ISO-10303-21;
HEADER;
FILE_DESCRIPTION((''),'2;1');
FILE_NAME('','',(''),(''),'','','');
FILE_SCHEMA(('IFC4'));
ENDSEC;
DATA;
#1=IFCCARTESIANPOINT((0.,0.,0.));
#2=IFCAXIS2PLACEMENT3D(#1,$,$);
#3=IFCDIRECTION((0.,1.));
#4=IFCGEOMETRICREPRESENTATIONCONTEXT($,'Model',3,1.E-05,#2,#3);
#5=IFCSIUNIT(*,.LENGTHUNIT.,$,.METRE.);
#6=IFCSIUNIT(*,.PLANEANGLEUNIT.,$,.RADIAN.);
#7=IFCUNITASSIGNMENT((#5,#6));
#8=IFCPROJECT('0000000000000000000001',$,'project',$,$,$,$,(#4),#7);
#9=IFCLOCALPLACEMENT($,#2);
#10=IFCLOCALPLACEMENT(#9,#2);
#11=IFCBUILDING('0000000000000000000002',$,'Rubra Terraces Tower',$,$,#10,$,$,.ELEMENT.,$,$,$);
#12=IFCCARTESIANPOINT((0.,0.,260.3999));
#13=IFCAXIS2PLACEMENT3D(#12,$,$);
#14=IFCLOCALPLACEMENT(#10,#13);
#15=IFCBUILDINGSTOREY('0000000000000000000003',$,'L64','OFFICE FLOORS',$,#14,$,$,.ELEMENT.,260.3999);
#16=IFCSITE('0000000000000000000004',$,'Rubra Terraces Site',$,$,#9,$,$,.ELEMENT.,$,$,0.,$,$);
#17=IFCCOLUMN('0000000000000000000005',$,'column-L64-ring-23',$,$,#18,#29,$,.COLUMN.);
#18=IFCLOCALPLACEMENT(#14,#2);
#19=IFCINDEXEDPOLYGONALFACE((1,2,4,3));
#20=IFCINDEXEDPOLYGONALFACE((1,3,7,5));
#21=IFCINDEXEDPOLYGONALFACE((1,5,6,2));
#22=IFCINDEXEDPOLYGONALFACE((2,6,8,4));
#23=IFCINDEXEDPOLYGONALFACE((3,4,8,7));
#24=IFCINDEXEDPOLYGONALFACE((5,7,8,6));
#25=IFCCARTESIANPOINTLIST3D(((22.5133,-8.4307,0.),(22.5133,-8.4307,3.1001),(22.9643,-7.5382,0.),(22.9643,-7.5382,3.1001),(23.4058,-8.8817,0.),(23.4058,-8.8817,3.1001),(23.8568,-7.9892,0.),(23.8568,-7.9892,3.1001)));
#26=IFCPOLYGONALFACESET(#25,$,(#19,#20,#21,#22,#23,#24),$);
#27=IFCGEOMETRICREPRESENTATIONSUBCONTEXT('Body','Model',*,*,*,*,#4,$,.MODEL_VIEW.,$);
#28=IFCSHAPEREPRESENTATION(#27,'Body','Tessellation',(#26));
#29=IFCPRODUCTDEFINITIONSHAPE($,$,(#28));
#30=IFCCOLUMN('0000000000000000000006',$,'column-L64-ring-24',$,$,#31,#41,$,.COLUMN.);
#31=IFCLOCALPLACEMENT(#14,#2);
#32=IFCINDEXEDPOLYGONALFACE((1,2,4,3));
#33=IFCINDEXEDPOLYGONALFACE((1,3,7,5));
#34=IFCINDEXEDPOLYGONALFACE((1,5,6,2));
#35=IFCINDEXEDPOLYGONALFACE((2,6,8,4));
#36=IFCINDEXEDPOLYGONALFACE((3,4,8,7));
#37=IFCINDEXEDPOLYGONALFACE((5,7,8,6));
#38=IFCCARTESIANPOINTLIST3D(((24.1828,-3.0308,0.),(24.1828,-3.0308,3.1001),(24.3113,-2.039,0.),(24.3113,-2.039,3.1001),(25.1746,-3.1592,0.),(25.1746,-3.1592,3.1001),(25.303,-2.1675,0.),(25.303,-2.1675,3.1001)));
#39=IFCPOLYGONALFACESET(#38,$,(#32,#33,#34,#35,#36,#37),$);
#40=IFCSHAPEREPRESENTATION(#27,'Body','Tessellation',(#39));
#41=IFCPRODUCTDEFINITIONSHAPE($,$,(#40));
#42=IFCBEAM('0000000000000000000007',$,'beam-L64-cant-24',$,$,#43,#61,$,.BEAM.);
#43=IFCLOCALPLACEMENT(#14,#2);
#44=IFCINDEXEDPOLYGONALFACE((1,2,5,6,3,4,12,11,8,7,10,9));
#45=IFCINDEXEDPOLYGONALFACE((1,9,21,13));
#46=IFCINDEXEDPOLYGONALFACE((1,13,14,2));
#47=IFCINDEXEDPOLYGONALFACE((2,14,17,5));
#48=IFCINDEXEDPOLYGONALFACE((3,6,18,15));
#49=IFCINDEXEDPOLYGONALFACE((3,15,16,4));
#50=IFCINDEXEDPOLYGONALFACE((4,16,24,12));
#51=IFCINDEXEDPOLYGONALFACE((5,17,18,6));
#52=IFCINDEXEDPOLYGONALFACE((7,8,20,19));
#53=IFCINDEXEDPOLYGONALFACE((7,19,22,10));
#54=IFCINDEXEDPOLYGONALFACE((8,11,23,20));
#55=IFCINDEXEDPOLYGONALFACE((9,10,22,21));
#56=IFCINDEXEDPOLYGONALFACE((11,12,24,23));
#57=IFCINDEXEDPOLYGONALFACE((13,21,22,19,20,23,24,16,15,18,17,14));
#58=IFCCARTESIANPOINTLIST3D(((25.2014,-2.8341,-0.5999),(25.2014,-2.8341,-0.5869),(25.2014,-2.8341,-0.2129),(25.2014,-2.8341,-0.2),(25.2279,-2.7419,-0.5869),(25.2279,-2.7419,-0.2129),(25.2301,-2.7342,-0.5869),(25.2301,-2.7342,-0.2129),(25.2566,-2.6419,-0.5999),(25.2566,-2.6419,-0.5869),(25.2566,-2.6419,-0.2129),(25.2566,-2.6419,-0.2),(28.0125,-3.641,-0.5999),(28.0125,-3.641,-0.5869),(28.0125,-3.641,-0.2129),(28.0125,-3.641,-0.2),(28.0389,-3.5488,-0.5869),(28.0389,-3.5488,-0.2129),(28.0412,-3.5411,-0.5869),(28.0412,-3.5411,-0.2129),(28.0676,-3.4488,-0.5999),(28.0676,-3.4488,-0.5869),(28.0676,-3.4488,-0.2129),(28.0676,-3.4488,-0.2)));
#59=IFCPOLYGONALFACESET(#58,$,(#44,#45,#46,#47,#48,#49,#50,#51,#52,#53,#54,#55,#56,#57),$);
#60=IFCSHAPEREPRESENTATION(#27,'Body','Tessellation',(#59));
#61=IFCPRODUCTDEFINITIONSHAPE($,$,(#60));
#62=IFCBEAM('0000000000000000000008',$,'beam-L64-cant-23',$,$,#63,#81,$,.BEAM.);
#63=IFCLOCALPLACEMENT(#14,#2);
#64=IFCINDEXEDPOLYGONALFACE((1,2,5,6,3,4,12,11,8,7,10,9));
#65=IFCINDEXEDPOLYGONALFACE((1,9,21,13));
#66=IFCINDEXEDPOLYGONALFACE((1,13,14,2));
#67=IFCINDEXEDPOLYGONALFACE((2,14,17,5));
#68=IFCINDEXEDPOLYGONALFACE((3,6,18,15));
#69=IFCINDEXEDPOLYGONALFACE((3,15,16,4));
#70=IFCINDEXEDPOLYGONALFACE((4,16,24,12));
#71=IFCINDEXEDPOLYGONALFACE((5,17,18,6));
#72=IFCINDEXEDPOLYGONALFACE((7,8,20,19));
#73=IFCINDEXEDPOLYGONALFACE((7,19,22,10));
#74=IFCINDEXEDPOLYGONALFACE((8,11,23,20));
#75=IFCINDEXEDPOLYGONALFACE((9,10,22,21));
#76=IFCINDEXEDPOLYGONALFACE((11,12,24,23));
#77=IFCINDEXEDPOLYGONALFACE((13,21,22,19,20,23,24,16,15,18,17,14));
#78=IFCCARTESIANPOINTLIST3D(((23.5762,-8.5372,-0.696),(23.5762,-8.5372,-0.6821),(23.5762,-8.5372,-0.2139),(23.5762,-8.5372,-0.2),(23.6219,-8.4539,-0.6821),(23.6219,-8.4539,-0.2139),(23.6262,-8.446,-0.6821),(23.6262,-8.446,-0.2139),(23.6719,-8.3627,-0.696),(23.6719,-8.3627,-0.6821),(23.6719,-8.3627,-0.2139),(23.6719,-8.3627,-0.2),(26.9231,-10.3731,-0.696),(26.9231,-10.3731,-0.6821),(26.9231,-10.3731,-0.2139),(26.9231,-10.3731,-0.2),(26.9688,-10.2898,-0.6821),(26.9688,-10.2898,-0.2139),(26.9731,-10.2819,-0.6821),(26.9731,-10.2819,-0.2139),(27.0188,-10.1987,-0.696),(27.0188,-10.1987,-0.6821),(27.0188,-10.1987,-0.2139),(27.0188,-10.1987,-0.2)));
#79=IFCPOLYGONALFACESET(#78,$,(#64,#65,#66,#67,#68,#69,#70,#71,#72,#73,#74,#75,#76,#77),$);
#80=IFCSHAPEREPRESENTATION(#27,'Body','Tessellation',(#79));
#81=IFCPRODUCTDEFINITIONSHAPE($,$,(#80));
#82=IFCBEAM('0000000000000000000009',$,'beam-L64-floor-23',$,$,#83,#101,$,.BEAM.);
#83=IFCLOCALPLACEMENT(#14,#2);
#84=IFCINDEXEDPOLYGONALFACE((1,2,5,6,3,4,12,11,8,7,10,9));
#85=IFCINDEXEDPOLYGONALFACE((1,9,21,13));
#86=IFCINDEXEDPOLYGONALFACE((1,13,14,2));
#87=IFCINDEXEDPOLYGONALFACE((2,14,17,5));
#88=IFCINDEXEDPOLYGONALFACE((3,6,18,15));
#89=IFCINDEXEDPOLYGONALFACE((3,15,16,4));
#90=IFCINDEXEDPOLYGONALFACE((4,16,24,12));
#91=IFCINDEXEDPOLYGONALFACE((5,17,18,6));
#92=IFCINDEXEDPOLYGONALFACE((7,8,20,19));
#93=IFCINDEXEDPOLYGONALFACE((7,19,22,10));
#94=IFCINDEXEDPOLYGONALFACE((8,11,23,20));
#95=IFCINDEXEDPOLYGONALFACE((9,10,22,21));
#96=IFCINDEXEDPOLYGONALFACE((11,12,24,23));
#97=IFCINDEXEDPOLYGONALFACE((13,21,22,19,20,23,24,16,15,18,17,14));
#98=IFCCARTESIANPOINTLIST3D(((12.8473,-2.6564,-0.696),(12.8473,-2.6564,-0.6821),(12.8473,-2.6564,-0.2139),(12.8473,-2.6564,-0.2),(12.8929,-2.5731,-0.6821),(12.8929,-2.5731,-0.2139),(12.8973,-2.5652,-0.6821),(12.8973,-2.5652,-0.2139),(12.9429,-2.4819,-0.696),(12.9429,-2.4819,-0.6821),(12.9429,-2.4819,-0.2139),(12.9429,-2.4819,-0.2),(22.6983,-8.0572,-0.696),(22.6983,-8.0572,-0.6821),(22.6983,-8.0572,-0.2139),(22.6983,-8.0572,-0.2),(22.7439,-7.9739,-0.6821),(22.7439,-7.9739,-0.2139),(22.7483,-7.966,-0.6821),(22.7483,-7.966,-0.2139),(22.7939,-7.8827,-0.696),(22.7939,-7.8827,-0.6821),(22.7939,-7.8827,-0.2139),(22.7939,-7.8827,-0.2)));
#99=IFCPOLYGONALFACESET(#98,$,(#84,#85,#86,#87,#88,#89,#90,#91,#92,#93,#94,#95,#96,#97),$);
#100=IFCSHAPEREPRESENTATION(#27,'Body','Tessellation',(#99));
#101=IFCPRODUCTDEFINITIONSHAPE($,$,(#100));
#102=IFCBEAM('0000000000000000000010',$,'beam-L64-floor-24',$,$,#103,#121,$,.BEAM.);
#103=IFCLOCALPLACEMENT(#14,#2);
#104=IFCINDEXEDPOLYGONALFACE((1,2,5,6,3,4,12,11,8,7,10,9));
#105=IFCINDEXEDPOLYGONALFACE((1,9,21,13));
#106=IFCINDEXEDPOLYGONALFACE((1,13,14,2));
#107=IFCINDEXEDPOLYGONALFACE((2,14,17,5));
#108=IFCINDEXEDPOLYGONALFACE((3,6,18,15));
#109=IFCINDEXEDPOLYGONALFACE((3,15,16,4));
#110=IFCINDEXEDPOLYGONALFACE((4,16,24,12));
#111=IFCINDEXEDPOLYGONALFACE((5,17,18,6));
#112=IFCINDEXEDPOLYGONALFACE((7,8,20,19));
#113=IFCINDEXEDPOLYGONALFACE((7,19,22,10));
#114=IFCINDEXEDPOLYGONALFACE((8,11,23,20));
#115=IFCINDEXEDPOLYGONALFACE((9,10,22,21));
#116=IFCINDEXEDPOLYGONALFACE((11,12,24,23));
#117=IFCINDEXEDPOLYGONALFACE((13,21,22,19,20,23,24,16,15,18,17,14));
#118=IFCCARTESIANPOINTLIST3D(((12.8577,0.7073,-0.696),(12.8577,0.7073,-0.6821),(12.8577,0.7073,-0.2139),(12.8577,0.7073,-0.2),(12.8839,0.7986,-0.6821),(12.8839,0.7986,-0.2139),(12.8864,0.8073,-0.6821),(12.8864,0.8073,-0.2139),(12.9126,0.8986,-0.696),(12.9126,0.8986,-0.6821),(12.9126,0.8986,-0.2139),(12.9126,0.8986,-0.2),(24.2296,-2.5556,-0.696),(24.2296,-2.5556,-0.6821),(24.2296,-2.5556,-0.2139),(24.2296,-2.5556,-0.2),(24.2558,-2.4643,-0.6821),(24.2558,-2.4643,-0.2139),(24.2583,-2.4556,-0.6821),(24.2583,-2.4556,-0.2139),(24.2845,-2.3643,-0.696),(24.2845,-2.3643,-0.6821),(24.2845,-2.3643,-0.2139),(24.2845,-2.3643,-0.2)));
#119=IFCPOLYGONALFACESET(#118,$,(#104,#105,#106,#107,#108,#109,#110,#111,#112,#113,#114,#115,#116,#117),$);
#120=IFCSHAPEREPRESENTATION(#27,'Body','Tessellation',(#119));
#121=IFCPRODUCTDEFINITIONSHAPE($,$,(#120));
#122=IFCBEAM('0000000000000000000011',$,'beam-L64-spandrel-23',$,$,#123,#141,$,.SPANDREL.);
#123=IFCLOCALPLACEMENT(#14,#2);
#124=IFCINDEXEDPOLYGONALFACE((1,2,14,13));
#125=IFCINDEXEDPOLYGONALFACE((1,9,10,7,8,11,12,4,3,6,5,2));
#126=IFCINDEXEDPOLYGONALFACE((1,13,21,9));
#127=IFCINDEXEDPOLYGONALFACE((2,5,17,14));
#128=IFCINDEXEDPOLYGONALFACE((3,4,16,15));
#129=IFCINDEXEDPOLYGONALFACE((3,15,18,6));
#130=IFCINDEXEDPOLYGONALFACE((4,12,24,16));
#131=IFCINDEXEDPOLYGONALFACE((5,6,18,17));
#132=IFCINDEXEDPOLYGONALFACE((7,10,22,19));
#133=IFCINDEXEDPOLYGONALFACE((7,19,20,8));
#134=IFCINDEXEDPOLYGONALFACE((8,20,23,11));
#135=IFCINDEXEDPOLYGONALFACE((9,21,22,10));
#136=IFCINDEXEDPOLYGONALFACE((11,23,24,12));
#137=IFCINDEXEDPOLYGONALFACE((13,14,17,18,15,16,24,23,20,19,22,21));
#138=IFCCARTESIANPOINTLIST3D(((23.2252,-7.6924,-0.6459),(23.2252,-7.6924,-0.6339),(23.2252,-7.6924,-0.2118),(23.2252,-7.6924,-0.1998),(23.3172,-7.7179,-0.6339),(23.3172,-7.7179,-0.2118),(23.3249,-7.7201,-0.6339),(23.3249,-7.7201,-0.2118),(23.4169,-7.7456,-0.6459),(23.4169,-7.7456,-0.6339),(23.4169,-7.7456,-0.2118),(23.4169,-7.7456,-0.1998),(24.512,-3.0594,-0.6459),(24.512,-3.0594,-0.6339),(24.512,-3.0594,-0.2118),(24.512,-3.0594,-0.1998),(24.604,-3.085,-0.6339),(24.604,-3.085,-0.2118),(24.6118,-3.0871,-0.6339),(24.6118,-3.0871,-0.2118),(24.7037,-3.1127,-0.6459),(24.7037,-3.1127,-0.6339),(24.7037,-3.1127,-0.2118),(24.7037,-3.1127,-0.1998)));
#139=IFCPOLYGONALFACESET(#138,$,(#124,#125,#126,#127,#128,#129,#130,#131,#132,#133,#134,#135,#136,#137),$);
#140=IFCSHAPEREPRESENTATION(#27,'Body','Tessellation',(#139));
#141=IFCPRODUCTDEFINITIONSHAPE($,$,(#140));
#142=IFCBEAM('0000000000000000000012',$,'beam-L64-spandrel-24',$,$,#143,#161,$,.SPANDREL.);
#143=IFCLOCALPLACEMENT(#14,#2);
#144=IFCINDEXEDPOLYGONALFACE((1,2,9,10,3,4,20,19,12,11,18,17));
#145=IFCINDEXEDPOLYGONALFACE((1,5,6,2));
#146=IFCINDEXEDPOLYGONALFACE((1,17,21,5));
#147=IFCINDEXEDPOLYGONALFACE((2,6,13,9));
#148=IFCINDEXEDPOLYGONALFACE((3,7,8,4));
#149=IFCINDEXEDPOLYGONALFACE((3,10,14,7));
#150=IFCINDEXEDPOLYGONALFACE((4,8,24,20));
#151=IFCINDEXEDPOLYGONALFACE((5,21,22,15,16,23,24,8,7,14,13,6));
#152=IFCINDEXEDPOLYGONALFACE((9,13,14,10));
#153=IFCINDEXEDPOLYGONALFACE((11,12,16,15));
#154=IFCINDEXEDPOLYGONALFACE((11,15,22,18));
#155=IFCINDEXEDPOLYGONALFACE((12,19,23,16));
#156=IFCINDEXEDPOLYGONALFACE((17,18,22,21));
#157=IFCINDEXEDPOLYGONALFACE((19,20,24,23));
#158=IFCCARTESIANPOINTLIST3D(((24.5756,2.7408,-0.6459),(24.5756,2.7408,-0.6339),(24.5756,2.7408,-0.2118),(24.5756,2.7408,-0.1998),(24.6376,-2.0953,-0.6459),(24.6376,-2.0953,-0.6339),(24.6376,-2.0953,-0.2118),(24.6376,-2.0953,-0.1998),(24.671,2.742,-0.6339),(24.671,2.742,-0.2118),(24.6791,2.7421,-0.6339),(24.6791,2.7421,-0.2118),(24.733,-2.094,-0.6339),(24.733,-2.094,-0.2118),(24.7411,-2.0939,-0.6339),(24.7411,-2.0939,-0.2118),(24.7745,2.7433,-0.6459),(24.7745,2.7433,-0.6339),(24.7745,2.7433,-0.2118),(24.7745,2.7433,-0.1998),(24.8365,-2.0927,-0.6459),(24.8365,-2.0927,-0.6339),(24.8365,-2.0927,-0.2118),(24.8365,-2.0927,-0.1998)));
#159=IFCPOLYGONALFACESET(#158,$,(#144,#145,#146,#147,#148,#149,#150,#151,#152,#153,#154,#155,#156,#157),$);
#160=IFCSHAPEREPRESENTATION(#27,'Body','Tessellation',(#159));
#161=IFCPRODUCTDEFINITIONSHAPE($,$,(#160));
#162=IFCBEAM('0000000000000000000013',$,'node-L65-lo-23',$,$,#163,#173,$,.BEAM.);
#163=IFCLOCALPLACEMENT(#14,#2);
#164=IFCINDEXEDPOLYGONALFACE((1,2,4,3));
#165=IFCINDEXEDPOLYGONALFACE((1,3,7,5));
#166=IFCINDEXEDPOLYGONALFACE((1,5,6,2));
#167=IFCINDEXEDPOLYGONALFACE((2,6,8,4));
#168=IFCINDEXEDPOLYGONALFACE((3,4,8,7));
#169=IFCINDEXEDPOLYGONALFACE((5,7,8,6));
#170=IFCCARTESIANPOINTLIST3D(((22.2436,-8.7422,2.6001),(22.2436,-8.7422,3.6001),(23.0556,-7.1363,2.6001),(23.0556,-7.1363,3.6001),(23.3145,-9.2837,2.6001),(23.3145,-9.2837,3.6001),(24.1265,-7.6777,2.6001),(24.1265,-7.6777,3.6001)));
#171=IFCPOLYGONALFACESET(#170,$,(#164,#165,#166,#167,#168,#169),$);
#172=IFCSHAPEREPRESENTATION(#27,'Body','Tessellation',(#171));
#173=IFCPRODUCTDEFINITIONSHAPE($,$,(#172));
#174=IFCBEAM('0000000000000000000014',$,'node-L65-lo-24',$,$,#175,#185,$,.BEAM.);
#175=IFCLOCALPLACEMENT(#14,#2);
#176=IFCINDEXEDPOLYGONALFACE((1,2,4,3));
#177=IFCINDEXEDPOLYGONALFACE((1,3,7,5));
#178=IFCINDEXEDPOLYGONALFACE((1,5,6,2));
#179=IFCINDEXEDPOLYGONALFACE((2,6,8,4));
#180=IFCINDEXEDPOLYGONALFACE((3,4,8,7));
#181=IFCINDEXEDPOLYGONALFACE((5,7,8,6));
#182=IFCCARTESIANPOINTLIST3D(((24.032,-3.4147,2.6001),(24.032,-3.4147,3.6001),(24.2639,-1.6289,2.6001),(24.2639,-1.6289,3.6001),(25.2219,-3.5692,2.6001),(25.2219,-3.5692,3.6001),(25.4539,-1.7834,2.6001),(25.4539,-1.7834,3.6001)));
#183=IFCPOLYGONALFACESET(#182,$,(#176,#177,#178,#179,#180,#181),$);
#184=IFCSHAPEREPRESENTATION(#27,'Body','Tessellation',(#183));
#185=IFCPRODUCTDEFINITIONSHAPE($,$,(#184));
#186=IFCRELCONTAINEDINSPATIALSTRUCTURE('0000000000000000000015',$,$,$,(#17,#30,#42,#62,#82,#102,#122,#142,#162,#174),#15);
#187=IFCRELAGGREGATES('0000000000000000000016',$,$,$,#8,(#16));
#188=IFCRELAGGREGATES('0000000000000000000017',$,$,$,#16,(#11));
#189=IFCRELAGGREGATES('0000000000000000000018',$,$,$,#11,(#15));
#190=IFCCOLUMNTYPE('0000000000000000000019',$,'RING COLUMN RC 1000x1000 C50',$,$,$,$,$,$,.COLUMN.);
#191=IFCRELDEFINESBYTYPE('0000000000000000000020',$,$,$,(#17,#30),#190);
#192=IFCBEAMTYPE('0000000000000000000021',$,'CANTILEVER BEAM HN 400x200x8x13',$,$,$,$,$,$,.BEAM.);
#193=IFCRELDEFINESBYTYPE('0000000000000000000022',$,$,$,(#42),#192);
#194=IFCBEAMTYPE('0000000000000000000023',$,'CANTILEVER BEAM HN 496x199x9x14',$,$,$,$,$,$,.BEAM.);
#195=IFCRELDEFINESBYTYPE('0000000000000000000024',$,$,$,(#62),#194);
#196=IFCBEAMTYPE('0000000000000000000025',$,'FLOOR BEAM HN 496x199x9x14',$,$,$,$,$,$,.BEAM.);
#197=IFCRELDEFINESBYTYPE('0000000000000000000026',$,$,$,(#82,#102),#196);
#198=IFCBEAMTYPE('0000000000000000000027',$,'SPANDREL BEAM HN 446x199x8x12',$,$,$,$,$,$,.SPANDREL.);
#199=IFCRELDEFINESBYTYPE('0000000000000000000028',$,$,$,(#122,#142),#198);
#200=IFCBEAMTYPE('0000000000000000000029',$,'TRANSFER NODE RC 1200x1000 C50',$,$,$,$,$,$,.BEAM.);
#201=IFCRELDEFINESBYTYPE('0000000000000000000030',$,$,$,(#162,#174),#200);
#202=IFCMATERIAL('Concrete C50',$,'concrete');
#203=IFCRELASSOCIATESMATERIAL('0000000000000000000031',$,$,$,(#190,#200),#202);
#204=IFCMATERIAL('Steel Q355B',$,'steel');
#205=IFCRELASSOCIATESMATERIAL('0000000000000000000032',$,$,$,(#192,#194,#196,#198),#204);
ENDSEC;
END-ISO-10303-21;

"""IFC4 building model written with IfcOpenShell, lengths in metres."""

from ifc_helpers import new_model, si_unit, direction, frame, origin, origin_2d, place, context, subcontext, project, spatial, rectangle, i_section, extrude, material, material_profile, profile_set, type_object, element, save


model = new_model("IFC4")

# Units and contexts
model_context = context("Model", 3, precision=1e-05, world=origin(), true_north=direction((0.0, 1.0)))
body_context = subcontext(model_context, "Body", "Model", "MODEL_VIEW")
ifc_project = project(units=[si_unit("LENGTHUNIT", "METRE"), si_unit("PLANEANGLEUNIT", "RADIAN")], contexts=[model_context])

# Site, building, storey
site_placement = place(None, origin())
site = spatial("IfcSite", under=ifc_project, at=site_placement, Name="Rubra Terraces Site", CompositionType="ELEMENT", RefElevation=0.0)
building_placement = place(site_placement, origin())
building = spatial("IfcBuilding", under=site, at=building_placement, Name="Rubra Terraces Tower", CompositionType="ELEMENT")
storey_placement = place(building_placement, frame((0.0, 0.0, 260.3999)))
storey = spatial("IfcBuildingStorey", under=building, at=storey_placement, Name="L64", Description="OFFICE FLOORS", CompositionType="ELEMENT", Elevation=260.3999)

# Columns
ifc_material_1 = material(Name="Concrete C50", Category="concrete")
ifc_material_profile_1 = material_profile(ifc_material_1, rectangle(XDim=1.0, YDim=1.0, at=origin_2d()), Name="RC 1000x1000")
ifc_profile_set_1 = profile_set([ifc_material_profile_1], Name="Concrete C50")
column_type = type_object("IfcColumnType", Name="RING COLUMN RC 1000x1000 C50", PredefinedType="COLUMN", material=ifc_profile_set_1)
for number, where, z_axis, x_axis, name in (
    (1, (23.1851, -8.21, 0.0), (0.0, 0.0, 1.0), (0.451028, 0.89251, 0.0), "column-L64-ring-23"),
    (2, (24.7429, -2.5991, 0.0), (0.0, 0.0, 1.0), (0.128444, 0.991717, 0.0), "column-L64-ring-24"),
):
    element("IfcColumn", number, at=place(storey_placement, frame(where, z_axis=z_axis, x_axis=x_axis)), inside=storey, type_object=column_type, Name=name, PredefinedType="COLUMN", context=body_context, shape_type="SweptSolid", body=[
        extrude(rectangle(XDim=1.0, YDim=1.0, at=origin_2d()), origin(), (0.0, 0.0, 1.0), 3.1001),
    ])

# Beams
ifc_material_2 = material(Name="Steel Q355B", Category="steel")
ifc_material_profile_2 = material_profile(ifc_material_2, i_section(OverallWidth=0.2, OverallDepth=0.3999, WebThickness=0.0081, FlangeThickness=0.0129, at=origin_2d()), Name="HN 400x200x8x13")
ifc_profile_set_2 = profile_set([ifc_material_profile_2], Name="Steel Q355B")
beam_type_1 = type_object("IfcBeamType", Name="CANTILEVER BEAM HN 400x200x8x13", PredefinedType="BEAM", material=ifc_profile_set_2)
beam_1_placement = place(storey_placement, frame((25.229, -2.738, -0.3999), z_axis=(0.961186, -0.275901, 0.0), x_axis=(0.275901, 0.961186, 0.0)))
element("IfcBeam", 3, at=beam_1_placement, inside=storey, type_object=beam_type_1, Name="beam-L64-cant-24", PredefinedType="BEAM", context=body_context, shape_type="SweptSolid", body=[
    extrude(i_section(OverallWidth=0.2, OverallDepth=0.3999, WebThickness=0.0081, FlangeThickness=0.0129, at=origin_2d()), origin(), (0.0, 0.0, 1.0), 2.9246),
])
ifc_material_profile_3 = material_profile(ifc_material_2, i_section(OverallWidth=0.199, OverallDepth=0.4961, WebThickness=0.009, FlangeThickness=0.0139, at=origin_2d()), Name="HN 496x199x9x14")
ifc_profile_set_3 = profile_set([ifc_material_profile_3], Name="Steel Q355B")
beam_type_2 = type_object("IfcBeamType", Name="CANTILEVER BEAM HN 496x199x9x14", PredefinedType="BEAM", material=ifc_profile_set_3)
beam_2_placement = place(storey_placement, frame((23.624, -8.45, -0.448), z_axis=(0.876754, -0.480939, 0.0), x_axis=(0.480939, 0.876754, 0.0)))
element("IfcBeam", 4, at=beam_2_placement, inside=storey, type_object=beam_type_2, Name="beam-L64-cant-23", PredefinedType="BEAM", context=body_context, shape_type="SweptSolid", body=[
    extrude(i_section(OverallWidth=0.199, OverallDepth=0.4961, WebThickness=0.009, FlangeThickness=0.0139, at=origin_2d()), origin(), (0.0, 0.0, 1.0), 3.8174),
])
ifc_material_profile_4 = material_profile(ifc_material_2, i_section(OverallWidth=0.199, OverallDepth=0.4961, WebThickness=0.009, FlangeThickness=0.0139, at=origin_2d()), Name="HN 496x199x9x14")
ifc_profile_set_4 = profile_set([ifc_material_profile_4], Name="Steel Q355B")
beam_type_3 = type_object("IfcBeamType", Name="FLOOR BEAM HN 496x199x9x14", PredefinedType="BEAM", material=ifc_profile_set_4)
beam_3_placement = place(storey_placement, frame((22.7461, -7.97, -0.448), z_axis=(-0.876862, 0.480742, 0.0), x_axis=(-0.480742, -0.876862, 0.0)))
element("IfcBeam", 5, at=beam_3_placement, inside=storey, type_object=beam_type_3, Name="beam-L64-floor-23", PredefinedType="BEAM", context=body_context, shape_type="SweptSolid", body=[
    extrude(i_section(OverallWidth=0.199, OverallDepth=0.4961, WebThickness=0.009, FlangeThickness=0.0139, at=origin_2d()), origin(), (0.0, 0.0, 1.0), 11.2344),
])
beam_4_placement = place(storey_placement, frame((24.2571, -2.46, -0.448), z_axis=(-0.961216, 0.275798, 0.0), x_axis=(-0.275798, -0.961216, 0.0)))
element("IfcBeam", 6, at=beam_4_placement, inside=storey, type_object=beam_type_3, Name="beam-L64-floor-24", PredefinedType="BEAM", context=body_context, shape_type="SweptSolid", body=[
    extrude(i_section(OverallWidth=0.199, OverallDepth=0.4961, WebThickness=0.009, FlangeThickness=0.0139, at=origin_2d()), origin(), (0.0, 0.0, 1.0), 11.8308),
])
ifc_material_profile_5 = material_profile(ifc_material_2, i_section(OverallWidth=0.199, OverallDepth=0.446, WebThickness=0.0081, FlangeThickness=0.012, at=origin_2d()), Name="HN 446x199x8x12")
ifc_profile_set_5 = profile_set([ifc_material_profile_5], Name="Steel Q355B")
beam_type_4 = type_object("IfcBeamType", Name="SPANDREL BEAM HN 446x199x8x12", PredefinedType="SPANDREL", material=ifc_profile_set_5)
beam_5_placement = place(storey_placement, frame((23.321, -7.719, -0.4229), z_axis=(0.267626, 0.963523, 0.0), x_axis=(-0.963523, 0.267626, 0.0)))
element("IfcBeam", 7, at=beam_5_placement, inside=storey, type_object=beam_type_4, Name="beam-L64-spandrel-23", PredefinedType="SPANDREL", context=body_context, shape_type="SweptSolid", body=[
    extrude(i_section(OverallWidth=0.199, OverallDepth=0.446, WebThickness=0.0081, FlangeThickness=0.012, at=origin_2d()), origin(), (0.0, 0.0, 1.0), 4.8083),
])
beam_6_placement = place(storey_placement, frame((24.7371, -2.094, -0.4229), z_axis=(-0.012822, 0.999918, 0.0), x_axis=(-0.999918, -0.012822, 0.0)))
element("IfcBeam", 8, at=beam_6_placement, inside=storey, type_object=beam_type_4, Name="beam-L64-spandrel-24", PredefinedType="SPANDREL", context=body_context, shape_type="SweptSolid", body=[
    extrude(i_section(OverallWidth=0.199, OverallDepth=0.446, WebThickness=0.0081, FlangeThickness=0.012, at=origin_2d()), origin(), (0.0, 0.0, 1.0), 4.8364),
])
ifc_material_profile_6 = material_profile(ifc_material_1, rectangle(XDim=1.2, YDim=1.0, at=origin_2d()), Name="RC 1200x1000")
ifc_profile_set_6 = profile_set([ifc_material_profile_6], Name="Concrete C50")
beam_type_5 = type_object("IfcBeamType", Name="TRANSFER NODE RC 1200x1000 C50", PredefinedType="BEAM", material=ifc_profile_set_6)
beam_7_placement = place(storey_placement, frame((22.7791, -9.0129, 3.1001), z_axis=(0.451225, 0.89241, 0.0), x_axis=(-0.89241, 0.451225, 0.0)))
element("IfcBeam", 9, at=beam_7_placement, inside=storey, type_object=beam_type_5, Name="node-L65-lo-23", PredefinedType="BEAM", context=body_context, shape_type="SweptSolid", body=[
    extrude(rectangle(XDim=1.2, YDim=1.0, at=origin_2d()), origin(), (0.0, 0.0, 1.0), 1.7996),
])
beam_8_placement = place(storey_placement, frame((24.627, -3.4919, 3.1001), z_axis=(0.128789, 0.991672, 0.0), x_axis=(-0.991672, 0.128789, 0.0)))
element("IfcBeam", 10, at=beam_8_placement, inside=storey, type_object=beam_type_5, Name="node-L65-lo-24", PredefinedType="BEAM", context=body_context, shape_type="SweptSolid", body=[
    extrude(rectangle(XDim=1.2, YDim=1.0, at=origin_2d()), origin(), (0.0, 0.0, 1.0), 1.8008),
])

save(model, "model.ifc")
